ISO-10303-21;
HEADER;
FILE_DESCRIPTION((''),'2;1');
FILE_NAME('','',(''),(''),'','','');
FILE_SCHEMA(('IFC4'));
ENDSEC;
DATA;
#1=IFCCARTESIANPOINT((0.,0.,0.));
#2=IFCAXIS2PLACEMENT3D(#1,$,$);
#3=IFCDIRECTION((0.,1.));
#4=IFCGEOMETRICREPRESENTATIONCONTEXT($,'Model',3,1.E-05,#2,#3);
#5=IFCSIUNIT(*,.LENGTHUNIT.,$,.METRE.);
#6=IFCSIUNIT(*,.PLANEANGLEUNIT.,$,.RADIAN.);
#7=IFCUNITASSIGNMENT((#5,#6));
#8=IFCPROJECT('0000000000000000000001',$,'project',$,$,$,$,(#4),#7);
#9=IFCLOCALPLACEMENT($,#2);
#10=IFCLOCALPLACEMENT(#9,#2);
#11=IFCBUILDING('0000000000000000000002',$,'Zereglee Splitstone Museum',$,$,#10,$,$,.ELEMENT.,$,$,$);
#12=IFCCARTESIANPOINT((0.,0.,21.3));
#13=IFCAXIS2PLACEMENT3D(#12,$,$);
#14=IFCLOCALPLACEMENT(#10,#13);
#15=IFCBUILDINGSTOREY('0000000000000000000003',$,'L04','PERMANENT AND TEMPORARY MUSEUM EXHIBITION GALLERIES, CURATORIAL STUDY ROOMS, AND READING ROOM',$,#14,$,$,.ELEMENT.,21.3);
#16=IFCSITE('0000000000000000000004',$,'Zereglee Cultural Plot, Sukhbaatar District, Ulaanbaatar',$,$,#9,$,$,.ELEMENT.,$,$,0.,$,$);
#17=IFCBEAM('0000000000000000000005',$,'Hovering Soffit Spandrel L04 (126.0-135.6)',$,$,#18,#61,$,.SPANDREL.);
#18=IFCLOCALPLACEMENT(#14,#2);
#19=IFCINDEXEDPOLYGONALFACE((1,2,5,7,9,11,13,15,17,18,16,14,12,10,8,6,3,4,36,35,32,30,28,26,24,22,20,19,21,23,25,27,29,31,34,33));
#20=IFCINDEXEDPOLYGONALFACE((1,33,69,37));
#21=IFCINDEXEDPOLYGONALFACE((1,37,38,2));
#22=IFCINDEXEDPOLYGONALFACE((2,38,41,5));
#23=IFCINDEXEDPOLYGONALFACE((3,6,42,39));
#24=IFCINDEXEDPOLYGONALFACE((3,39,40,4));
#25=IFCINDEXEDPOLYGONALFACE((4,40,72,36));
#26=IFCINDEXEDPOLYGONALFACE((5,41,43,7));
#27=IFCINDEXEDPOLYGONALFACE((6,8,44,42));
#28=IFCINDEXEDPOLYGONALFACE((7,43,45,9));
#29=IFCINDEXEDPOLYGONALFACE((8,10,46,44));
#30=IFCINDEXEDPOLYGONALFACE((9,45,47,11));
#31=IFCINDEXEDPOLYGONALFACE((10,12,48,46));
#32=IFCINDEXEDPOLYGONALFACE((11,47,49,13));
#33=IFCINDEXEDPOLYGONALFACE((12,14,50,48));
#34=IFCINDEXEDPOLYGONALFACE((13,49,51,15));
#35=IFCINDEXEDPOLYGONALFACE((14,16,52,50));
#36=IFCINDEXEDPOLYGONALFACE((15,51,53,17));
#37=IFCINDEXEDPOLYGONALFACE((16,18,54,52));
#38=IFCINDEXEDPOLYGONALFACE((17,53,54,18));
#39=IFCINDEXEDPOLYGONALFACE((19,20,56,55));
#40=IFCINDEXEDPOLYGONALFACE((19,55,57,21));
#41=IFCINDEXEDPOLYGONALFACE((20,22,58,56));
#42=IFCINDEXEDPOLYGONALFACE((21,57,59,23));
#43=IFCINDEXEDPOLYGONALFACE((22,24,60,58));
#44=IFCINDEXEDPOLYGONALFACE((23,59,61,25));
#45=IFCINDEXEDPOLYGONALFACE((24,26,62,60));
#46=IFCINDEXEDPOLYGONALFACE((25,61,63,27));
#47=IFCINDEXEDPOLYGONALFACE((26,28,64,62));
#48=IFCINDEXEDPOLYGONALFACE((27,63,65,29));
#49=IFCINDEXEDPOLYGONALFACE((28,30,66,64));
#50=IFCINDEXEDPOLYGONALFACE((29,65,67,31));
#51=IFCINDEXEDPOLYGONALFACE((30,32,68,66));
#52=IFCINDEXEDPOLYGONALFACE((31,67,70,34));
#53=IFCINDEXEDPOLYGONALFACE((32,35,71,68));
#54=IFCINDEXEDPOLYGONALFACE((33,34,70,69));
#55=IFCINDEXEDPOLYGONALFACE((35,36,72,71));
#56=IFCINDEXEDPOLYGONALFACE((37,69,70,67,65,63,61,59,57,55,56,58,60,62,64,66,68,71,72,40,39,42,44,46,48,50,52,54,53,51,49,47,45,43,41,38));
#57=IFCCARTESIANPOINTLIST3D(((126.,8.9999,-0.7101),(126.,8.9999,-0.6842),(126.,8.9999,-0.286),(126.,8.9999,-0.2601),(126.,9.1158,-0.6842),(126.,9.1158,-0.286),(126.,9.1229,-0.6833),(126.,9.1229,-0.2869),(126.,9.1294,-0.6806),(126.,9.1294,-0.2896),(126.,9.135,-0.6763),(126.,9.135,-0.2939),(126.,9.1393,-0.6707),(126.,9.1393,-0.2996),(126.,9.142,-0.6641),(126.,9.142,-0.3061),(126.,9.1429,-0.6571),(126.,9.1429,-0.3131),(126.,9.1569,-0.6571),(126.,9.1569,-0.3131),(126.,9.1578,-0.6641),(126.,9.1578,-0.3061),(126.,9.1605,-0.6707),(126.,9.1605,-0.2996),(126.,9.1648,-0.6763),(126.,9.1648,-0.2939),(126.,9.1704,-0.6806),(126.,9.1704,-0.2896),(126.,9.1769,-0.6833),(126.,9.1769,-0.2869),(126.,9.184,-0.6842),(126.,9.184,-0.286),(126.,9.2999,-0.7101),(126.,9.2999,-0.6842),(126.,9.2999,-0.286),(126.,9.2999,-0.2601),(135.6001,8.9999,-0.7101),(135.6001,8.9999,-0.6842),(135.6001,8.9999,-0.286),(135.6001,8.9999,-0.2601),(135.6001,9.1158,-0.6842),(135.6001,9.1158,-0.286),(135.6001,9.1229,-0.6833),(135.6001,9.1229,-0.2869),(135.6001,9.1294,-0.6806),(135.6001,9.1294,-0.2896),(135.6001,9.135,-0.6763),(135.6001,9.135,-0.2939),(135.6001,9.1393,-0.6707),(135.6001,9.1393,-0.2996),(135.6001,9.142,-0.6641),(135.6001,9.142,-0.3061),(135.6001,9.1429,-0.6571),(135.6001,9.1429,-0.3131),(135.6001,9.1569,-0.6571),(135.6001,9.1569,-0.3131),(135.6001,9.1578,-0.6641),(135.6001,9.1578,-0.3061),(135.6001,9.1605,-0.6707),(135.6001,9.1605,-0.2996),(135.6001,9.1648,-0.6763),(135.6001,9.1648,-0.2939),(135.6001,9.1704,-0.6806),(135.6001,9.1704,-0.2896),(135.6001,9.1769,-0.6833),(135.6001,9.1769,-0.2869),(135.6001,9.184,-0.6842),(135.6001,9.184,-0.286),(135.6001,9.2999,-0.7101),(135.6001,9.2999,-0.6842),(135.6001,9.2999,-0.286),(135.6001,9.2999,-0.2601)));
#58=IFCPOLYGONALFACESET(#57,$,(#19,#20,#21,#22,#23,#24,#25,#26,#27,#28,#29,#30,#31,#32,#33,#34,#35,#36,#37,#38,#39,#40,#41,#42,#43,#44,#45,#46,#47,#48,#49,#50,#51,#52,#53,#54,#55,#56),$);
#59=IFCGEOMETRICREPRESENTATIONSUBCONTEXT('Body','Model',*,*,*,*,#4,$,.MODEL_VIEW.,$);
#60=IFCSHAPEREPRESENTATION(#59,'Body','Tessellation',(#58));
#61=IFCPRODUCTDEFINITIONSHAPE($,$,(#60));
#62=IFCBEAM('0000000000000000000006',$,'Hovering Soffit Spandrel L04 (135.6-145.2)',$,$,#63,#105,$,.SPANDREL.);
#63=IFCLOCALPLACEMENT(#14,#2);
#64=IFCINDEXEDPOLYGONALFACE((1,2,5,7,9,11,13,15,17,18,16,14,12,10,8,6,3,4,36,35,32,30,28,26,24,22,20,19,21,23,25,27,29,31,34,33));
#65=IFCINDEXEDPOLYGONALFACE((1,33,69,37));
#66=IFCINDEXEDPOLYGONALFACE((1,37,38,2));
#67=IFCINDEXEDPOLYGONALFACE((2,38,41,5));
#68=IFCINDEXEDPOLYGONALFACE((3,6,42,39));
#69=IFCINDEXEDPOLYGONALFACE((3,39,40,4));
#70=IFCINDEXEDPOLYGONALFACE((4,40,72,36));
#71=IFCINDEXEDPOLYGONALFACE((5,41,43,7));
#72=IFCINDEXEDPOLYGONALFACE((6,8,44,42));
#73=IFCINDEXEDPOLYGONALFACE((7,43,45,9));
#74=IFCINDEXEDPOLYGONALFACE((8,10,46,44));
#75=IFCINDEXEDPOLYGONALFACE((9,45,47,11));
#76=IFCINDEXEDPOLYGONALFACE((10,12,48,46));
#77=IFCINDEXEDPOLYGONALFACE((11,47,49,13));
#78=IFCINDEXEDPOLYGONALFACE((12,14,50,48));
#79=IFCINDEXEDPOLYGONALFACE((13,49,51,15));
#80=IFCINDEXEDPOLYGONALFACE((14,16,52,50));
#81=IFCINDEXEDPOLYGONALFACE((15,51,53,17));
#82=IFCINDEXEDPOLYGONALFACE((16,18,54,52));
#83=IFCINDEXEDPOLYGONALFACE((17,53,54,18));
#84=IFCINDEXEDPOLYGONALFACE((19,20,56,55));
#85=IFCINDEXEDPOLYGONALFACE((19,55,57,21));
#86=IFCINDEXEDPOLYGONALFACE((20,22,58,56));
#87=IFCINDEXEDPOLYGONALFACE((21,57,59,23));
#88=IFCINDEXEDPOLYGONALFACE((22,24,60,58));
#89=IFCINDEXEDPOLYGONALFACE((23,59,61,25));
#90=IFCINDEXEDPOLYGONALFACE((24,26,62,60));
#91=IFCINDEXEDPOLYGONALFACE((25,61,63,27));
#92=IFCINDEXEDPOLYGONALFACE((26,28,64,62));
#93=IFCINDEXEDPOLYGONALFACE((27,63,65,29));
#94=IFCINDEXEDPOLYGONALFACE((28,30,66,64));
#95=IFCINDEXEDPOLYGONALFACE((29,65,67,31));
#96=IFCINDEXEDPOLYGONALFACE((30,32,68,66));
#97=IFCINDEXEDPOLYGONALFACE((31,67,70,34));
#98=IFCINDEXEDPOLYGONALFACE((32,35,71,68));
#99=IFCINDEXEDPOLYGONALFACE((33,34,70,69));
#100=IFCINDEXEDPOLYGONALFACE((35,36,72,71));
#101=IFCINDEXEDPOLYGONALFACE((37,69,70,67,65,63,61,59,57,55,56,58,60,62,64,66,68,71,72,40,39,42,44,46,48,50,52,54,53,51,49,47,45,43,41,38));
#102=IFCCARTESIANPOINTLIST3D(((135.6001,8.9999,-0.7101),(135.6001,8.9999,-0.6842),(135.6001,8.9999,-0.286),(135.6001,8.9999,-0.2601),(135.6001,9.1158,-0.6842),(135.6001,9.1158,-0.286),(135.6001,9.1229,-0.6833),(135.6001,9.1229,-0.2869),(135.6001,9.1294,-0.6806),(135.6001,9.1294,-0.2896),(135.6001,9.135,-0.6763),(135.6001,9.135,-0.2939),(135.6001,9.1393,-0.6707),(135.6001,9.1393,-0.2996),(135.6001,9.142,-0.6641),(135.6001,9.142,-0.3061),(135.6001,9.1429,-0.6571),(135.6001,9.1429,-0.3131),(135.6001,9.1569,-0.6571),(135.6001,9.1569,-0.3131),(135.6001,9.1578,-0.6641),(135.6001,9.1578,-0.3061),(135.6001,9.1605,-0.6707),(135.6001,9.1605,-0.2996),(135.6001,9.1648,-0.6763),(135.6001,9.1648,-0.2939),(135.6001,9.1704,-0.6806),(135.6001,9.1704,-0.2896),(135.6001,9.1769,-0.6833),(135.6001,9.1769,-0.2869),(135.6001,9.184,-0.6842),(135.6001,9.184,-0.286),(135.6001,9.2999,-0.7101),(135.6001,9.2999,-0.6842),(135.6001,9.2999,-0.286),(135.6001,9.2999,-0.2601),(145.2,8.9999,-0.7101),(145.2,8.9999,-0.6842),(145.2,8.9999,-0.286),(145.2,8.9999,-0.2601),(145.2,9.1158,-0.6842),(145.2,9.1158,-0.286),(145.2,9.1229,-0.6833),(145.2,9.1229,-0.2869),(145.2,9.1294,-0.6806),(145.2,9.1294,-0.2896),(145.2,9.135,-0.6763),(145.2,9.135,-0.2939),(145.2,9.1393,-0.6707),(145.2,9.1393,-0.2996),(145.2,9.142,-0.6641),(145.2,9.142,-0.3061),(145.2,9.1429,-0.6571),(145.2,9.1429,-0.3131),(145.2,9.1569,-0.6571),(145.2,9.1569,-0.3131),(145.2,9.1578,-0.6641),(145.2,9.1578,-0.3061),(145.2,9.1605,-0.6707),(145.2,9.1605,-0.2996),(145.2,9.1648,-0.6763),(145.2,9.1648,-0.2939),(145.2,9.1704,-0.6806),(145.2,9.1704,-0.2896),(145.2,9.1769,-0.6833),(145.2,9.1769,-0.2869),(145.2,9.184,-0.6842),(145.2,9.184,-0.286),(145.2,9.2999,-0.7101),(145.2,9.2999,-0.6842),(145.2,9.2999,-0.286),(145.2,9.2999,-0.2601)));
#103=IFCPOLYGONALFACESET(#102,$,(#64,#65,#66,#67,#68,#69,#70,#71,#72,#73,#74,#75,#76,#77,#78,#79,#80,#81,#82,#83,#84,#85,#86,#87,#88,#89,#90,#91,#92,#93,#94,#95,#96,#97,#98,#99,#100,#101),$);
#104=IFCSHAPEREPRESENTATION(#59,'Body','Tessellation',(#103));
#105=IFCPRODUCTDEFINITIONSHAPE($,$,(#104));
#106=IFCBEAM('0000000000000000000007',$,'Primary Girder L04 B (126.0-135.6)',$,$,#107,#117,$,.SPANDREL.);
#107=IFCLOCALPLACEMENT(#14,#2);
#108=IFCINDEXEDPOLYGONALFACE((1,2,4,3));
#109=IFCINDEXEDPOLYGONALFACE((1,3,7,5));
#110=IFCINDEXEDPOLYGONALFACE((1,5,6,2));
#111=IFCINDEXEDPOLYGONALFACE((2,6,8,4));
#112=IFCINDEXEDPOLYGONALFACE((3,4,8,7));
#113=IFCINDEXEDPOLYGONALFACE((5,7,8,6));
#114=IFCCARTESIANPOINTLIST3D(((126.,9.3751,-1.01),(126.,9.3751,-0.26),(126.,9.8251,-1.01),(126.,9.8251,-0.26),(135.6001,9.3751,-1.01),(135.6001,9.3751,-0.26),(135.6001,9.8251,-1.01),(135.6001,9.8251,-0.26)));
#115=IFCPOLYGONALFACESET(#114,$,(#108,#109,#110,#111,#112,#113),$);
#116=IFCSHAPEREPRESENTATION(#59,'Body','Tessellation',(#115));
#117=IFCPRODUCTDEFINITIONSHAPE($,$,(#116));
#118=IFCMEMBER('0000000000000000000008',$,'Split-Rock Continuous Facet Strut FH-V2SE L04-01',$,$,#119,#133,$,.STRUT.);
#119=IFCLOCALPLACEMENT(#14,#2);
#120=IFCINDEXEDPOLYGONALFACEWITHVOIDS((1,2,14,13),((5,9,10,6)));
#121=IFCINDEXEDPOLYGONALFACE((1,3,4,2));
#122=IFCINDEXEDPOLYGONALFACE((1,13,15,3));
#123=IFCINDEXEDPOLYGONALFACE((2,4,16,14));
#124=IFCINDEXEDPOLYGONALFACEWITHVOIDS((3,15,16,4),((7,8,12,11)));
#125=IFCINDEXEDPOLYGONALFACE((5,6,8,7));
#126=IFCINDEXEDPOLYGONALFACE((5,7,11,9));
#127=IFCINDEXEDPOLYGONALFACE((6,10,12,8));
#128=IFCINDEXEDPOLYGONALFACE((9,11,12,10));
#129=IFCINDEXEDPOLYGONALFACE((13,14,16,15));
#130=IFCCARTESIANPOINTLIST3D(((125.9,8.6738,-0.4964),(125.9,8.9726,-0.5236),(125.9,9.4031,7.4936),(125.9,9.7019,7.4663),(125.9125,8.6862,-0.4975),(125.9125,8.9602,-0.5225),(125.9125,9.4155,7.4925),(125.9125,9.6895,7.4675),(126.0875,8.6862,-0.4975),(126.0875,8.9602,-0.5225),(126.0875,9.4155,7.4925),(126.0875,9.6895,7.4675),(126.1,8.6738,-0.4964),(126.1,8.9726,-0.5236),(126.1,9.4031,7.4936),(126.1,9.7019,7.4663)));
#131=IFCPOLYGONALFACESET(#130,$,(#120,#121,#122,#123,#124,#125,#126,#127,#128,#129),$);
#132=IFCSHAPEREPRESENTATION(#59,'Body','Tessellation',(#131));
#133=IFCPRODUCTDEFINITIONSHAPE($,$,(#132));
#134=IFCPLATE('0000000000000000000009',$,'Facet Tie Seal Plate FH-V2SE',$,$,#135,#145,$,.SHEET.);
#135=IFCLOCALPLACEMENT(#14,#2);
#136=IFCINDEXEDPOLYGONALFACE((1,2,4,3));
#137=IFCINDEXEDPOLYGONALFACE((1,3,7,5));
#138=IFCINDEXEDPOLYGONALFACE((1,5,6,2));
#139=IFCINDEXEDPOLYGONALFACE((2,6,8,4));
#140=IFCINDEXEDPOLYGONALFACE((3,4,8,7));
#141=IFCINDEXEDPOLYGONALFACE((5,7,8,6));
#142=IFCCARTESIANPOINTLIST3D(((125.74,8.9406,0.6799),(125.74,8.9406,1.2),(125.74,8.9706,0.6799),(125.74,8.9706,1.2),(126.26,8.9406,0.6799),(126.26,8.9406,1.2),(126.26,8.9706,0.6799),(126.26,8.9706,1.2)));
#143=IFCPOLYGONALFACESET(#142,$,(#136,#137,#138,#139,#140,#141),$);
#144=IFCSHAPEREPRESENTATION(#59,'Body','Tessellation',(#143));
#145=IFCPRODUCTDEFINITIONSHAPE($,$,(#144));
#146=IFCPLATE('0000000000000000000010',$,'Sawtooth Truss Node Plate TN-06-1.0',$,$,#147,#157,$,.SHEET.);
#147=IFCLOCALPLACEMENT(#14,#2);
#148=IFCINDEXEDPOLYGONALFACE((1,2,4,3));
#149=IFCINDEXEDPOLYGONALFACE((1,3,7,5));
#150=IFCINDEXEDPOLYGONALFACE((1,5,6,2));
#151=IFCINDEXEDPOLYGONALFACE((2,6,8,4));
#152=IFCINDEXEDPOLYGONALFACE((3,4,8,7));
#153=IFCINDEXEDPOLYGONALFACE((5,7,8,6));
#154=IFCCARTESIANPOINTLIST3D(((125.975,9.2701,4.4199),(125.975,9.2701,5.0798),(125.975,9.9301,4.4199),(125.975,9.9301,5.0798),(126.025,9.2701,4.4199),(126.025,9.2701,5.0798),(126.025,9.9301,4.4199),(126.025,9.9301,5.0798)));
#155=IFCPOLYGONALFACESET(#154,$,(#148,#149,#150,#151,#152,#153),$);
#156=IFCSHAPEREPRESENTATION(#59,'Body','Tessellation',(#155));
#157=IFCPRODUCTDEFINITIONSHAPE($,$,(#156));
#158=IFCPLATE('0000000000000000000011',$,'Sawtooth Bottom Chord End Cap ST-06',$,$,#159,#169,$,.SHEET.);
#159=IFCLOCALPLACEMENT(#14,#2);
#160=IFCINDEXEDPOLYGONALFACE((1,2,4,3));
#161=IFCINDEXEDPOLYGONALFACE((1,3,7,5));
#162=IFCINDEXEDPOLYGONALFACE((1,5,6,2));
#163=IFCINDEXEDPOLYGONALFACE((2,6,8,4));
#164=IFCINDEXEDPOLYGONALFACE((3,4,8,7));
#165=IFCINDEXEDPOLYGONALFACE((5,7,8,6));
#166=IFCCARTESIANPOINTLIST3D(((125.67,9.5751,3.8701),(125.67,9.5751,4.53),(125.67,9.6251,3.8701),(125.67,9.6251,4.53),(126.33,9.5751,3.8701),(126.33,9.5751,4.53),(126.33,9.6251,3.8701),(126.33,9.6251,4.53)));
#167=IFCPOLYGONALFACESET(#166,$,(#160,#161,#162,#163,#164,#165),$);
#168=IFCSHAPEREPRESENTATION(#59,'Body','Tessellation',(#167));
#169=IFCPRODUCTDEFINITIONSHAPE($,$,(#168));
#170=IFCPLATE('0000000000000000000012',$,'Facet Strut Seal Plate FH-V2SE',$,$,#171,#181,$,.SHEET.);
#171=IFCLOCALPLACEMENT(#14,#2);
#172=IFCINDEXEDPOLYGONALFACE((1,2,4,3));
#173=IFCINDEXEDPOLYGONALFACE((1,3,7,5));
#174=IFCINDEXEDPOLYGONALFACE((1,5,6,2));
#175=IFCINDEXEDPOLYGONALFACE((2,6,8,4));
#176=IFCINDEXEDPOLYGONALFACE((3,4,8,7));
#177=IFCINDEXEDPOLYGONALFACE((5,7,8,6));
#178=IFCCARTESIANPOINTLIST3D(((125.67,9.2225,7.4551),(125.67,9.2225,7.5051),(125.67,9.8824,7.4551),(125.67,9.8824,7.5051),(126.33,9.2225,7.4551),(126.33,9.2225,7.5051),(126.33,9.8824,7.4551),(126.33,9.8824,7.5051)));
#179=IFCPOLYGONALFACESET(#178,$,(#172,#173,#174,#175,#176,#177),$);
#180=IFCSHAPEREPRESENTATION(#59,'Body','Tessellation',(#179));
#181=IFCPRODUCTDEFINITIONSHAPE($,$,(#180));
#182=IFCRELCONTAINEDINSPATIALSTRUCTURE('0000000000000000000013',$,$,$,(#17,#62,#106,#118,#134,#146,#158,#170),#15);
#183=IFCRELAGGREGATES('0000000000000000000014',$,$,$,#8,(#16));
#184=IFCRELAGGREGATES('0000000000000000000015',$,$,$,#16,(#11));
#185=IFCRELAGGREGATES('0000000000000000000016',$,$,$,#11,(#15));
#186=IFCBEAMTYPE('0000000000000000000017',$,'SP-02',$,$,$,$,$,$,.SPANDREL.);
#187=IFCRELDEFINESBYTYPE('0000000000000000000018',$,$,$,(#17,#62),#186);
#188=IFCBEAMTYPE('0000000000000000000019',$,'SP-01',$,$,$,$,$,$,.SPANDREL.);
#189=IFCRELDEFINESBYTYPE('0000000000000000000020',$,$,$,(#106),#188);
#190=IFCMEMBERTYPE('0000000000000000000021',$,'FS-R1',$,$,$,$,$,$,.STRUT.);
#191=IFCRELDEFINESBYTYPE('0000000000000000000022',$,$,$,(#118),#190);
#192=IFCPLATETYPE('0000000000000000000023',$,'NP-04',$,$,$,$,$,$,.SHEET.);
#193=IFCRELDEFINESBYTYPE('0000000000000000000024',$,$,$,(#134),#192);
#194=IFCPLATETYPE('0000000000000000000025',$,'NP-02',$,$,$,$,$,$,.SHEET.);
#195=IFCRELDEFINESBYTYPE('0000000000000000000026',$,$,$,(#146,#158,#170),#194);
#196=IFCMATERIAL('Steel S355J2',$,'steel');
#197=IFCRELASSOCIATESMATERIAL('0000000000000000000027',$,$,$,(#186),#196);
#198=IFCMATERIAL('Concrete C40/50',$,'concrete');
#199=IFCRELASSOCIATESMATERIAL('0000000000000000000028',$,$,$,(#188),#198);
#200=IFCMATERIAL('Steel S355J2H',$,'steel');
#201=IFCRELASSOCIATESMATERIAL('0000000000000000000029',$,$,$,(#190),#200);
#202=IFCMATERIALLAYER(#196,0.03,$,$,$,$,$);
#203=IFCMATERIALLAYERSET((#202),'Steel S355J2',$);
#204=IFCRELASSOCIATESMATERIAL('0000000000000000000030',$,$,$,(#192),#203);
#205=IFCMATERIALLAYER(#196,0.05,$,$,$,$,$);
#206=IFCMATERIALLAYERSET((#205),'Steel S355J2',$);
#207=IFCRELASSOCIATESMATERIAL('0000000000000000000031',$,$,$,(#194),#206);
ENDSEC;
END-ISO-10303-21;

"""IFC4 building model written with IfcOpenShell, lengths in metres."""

from ifc_helpers import new_model, si_unit, direction, frame, origin, origin_2d, place, context, subcontext, project, spatial, rectangle, hollow_rectangle, i_section, extrude, material, layer, layer_set, material_profile, profile_set, type_object, element, save


model = new_model("IFC4")

# Units and contexts
model_context = context("Model", 3, precision=1e-05, world=origin(), true_north=direction((0.0, 1.0)))
body_context = subcontext(model_context, "Body", "Model", "MODEL_VIEW")
ifc_project = project(units=[si_unit("LENGTHUNIT", "METRE"), si_unit("PLANEANGLEUNIT", "RADIAN")], contexts=[model_context])

# Site, building, storey
site_placement = place(None, origin())
site = spatial("IfcSite", under=ifc_project, at=site_placement, Name="Zereglee Cultural Plot, Sukhbaatar District, Ulaanbaatar", CompositionType="ELEMENT", RefElevation=0.0)
building_placement = place(site_placement, origin())
building = spatial("IfcBuilding", under=site, at=building_placement, Name="Zereglee Splitstone Museum", CompositionType="ELEMENT")
storey_placement = place(building_placement, frame((0.0, 0.0, 21.3)))
storey = spatial("IfcBuildingStorey", under=building, at=storey_placement, Name="L04", Description="PERMANENT AND TEMPORARY MUSEUM EXHIBITION GALLERIES, CURATORIAL STUDY ROOMS, AND READING ROOM", CompositionType="ELEMENT", Elevation=21.3)

# Shared definitions
ifc_material_1 = material(Name="Steel S355J2H", Category="steel")
ifc_material_2 = material(Name="Steel S355J2", Category="steel")

# Beams
ifc_material_profile_1 = material_profile(ifc_material_2, i_section(OverallWidth=0.3, OverallDepth=0.45, WebThickness=0.0139, FlangeThickness=0.0259, FilletRadius=0.0271, at=origin_2d()), Name="HE 450 B")
ifc_profile_set_1 = profile_set([ifc_material_profile_1], Name="Steel S355J2")
beam_type_1 = type_object("IfcBeamType", Name="SP-02", PredefinedType="SPANDREL", material=ifc_profile_set_1)
beam_1_placement = place(storey_placement, frame((126.0, 9.1499, -0.4851), z_axis=(1.0, 0.0, 0.0), x_axis=(0.0, 1.0, 0.0)))
element("IfcBeam", 1, at=beam_1_placement, inside=storey, type_object=beam_type_1, Name="Hovering Soffit Spandrel L04 (126.0-135.6)", PredefinedType="SPANDREL", context=body_context, shape_type="SweptSolid", body=[
    extrude(i_section(OverallWidth=0.3, OverallDepth=0.45, WebThickness=0.0139, FlangeThickness=0.0259, FilletRadius=0.0271, at=origin_2d()), origin(), (0.0, 0.0, 1.0), 9.6001),
])
beam_2_placement = place(storey_placement, frame((135.6001, 9.1499, -0.4851), z_axis=(1.0, 0.0, 0.0), x_axis=(0.0, 1.0, 0.0)))
element("IfcBeam", 2, at=beam_2_placement, inside=storey, type_object=beam_type_1, Name="Hovering Soffit Spandrel L04 (135.6-145.2)", PredefinedType="SPANDREL", context=body_context, shape_type="SweptSolid", body=[
    extrude(i_section(OverallWidth=0.3, OverallDepth=0.45, WebThickness=0.0139, FlangeThickness=0.0259, FilletRadius=0.0271, at=origin_2d()), origin(), (0.0, 0.0, 1.0), 9.5999),
])
ifc_material_3 = material(Name="Concrete C40/50", Category="concrete")
ifc_material_profile_2 = material_profile(ifc_material_3, rectangle(XDim=0.45, YDim=0.75, at=origin_2d()), Name="RC 450x750")
ifc_profile_set_2 = profile_set([ifc_material_profile_2], Name="Concrete C40/50")
beam_type_2 = type_object("IfcBeamType", Name="SP-01", PredefinedType="SPANDREL", material=ifc_profile_set_2)
beam_3_placement = place(storey_placement, frame((126.0, 9.6001, -0.635), z_axis=(1.0, 0.0, 0.0), x_axis=(0.0, 1.0, 0.0)))
element("IfcBeam", 3, at=beam_3_placement, inside=storey, type_object=beam_type_2, Name="Primary Girder L04 B (126.0-135.6)", PredefinedType="SPANDREL", context=body_context, shape_type="SweptSolid", body=[
    extrude(rectangle(XDim=0.45, YDim=0.75, at=origin_2d()), origin(), (0.0, 0.0, 1.0), 9.6001),
])

# Member
ifc_material_profile_3 = material_profile(ifc_material_1, hollow_rectangle(XDim=0.2, YDim=0.3, WallThickness=0.0125, at=origin_2d()), Name="RHS 300x200x12.5")
ifc_profile_set_3 = profile_set([ifc_material_profile_3], Name="Steel S355J2H")
member_type_1 = type_object("IfcMemberType", Name="FS-R1", PredefinedType="STRUT", material=ifc_profile_set_3)
member_1_placement = place(storey_placement, frame((126.0, 8.8232, -0.51), z_axis=(0.0, 0.090892, 0.995861), x_axis=(-1.0, 0.0, 0.0)))
element("IfcMember", 4, at=member_1_placement, inside=storey, type_object=member_type_1, Name="Split-Rock Continuous Facet Strut FH-V2SE L04-01", PredefinedType="STRUT", context=body_context, shape_type="SweptSolid", body=[
    extrude(hollow_rectangle(XDim=0.2, YDim=0.3, WallThickness=0.0125, at=origin_2d()), origin(), (0.0, 0.0, 1.0), 8.0232),
])

# Plates
ifc_layer_1 = layer(ifc_material_2, 0.03)
ifc_layer_set_1 = layer_set([ifc_layer_1], Name="Steel S355J2")
plate_type_1 = type_object("IfcPlateType", Name="NP-04", PredefinedType="SHEET", material=ifc_layer_set_1)
plate_1_placement = place(storey_placement, frame((126.0, 8.9556, 0.6799), z_axis=(0.0, 0.0, 1.0), x_axis=(1.0, 0.0, 0.0)))
element("IfcPlate", 5, at=plate_1_placement, inside=storey, type_object=plate_type_1, Name="Facet Tie Seal Plate FH-V2SE", PredefinedType="SHEET", context=body_context, shape_type="SweptSolid", body=[
    extrude(rectangle(XDim=0.52, YDim=0.03, at=origin_2d()), origin(), (0.0, 0.0, 1.0), 0.52),
])
ifc_layer_2 = layer(ifc_material_2, 0.05)
ifc_layer_set_2 = layer_set([ifc_layer_2], Name="Steel S355J2")
plate_type_2 = type_object("IfcPlateType", Name="NP-02", PredefinedType="SHEET", material=ifc_layer_set_2)
plate_2_placement = place(storey_placement, frame((126.0, 9.6001, 4.4199), z_axis=(0.0, 0.0, 1.0), x_axis=(1.0, 0.0, 0.0)))
element("IfcPlate", 6, at=plate_2_placement, inside=storey, type_object=plate_type_2, Name="Sawtooth Truss Node Plate TN-06-1.0", PredefinedType="SHEET", context=body_context, shape_type="SweptSolid", body=[
    extrude(rectangle(XDim=0.05, YDim=0.6599, at=origin_2d()), origin(), (0.0, 0.0, 1.0), 0.6599),
])
plate_3_placement = place(storey_placement, frame((126.0, 9.6001, 3.8701), z_axis=(0.0, 0.0, 1.0), x_axis=(1.0, 0.0, 0.0)))
element("IfcPlate", 7, at=plate_3_placement, inside=storey, type_object=plate_type_2, Name="Sawtooth Bottom Chord End Cap ST-06", PredefinedType="SHEET", context=body_context, shape_type="SweptSolid", body=[
    extrude(rectangle(XDim=0.6599, YDim=0.05, at=origin_2d()), origin(), (0.0, 0.0, 1.0), 0.6599),
])
plate_4_placement = place(storey_placement, frame((126.0, 9.5525, 7.4551), z_axis=(0.0, 0.0, 1.0), x_axis=(1.0, 0.0, 0.0)))
element("IfcPlate", 8, at=plate_4_placement, inside=storey, type_object=plate_type_2, Name="Facet Strut Seal Plate FH-V2SE", PredefinedType="SHEET", context=body_context, shape_type="SweptSolid", body=[
    extrude(rectangle(XDim=0.6599, YDim=0.6599, at=origin_2d()), origin(), (0.0, 0.0, 1.0), 0.05),
])

save(model, "model.ifc")
